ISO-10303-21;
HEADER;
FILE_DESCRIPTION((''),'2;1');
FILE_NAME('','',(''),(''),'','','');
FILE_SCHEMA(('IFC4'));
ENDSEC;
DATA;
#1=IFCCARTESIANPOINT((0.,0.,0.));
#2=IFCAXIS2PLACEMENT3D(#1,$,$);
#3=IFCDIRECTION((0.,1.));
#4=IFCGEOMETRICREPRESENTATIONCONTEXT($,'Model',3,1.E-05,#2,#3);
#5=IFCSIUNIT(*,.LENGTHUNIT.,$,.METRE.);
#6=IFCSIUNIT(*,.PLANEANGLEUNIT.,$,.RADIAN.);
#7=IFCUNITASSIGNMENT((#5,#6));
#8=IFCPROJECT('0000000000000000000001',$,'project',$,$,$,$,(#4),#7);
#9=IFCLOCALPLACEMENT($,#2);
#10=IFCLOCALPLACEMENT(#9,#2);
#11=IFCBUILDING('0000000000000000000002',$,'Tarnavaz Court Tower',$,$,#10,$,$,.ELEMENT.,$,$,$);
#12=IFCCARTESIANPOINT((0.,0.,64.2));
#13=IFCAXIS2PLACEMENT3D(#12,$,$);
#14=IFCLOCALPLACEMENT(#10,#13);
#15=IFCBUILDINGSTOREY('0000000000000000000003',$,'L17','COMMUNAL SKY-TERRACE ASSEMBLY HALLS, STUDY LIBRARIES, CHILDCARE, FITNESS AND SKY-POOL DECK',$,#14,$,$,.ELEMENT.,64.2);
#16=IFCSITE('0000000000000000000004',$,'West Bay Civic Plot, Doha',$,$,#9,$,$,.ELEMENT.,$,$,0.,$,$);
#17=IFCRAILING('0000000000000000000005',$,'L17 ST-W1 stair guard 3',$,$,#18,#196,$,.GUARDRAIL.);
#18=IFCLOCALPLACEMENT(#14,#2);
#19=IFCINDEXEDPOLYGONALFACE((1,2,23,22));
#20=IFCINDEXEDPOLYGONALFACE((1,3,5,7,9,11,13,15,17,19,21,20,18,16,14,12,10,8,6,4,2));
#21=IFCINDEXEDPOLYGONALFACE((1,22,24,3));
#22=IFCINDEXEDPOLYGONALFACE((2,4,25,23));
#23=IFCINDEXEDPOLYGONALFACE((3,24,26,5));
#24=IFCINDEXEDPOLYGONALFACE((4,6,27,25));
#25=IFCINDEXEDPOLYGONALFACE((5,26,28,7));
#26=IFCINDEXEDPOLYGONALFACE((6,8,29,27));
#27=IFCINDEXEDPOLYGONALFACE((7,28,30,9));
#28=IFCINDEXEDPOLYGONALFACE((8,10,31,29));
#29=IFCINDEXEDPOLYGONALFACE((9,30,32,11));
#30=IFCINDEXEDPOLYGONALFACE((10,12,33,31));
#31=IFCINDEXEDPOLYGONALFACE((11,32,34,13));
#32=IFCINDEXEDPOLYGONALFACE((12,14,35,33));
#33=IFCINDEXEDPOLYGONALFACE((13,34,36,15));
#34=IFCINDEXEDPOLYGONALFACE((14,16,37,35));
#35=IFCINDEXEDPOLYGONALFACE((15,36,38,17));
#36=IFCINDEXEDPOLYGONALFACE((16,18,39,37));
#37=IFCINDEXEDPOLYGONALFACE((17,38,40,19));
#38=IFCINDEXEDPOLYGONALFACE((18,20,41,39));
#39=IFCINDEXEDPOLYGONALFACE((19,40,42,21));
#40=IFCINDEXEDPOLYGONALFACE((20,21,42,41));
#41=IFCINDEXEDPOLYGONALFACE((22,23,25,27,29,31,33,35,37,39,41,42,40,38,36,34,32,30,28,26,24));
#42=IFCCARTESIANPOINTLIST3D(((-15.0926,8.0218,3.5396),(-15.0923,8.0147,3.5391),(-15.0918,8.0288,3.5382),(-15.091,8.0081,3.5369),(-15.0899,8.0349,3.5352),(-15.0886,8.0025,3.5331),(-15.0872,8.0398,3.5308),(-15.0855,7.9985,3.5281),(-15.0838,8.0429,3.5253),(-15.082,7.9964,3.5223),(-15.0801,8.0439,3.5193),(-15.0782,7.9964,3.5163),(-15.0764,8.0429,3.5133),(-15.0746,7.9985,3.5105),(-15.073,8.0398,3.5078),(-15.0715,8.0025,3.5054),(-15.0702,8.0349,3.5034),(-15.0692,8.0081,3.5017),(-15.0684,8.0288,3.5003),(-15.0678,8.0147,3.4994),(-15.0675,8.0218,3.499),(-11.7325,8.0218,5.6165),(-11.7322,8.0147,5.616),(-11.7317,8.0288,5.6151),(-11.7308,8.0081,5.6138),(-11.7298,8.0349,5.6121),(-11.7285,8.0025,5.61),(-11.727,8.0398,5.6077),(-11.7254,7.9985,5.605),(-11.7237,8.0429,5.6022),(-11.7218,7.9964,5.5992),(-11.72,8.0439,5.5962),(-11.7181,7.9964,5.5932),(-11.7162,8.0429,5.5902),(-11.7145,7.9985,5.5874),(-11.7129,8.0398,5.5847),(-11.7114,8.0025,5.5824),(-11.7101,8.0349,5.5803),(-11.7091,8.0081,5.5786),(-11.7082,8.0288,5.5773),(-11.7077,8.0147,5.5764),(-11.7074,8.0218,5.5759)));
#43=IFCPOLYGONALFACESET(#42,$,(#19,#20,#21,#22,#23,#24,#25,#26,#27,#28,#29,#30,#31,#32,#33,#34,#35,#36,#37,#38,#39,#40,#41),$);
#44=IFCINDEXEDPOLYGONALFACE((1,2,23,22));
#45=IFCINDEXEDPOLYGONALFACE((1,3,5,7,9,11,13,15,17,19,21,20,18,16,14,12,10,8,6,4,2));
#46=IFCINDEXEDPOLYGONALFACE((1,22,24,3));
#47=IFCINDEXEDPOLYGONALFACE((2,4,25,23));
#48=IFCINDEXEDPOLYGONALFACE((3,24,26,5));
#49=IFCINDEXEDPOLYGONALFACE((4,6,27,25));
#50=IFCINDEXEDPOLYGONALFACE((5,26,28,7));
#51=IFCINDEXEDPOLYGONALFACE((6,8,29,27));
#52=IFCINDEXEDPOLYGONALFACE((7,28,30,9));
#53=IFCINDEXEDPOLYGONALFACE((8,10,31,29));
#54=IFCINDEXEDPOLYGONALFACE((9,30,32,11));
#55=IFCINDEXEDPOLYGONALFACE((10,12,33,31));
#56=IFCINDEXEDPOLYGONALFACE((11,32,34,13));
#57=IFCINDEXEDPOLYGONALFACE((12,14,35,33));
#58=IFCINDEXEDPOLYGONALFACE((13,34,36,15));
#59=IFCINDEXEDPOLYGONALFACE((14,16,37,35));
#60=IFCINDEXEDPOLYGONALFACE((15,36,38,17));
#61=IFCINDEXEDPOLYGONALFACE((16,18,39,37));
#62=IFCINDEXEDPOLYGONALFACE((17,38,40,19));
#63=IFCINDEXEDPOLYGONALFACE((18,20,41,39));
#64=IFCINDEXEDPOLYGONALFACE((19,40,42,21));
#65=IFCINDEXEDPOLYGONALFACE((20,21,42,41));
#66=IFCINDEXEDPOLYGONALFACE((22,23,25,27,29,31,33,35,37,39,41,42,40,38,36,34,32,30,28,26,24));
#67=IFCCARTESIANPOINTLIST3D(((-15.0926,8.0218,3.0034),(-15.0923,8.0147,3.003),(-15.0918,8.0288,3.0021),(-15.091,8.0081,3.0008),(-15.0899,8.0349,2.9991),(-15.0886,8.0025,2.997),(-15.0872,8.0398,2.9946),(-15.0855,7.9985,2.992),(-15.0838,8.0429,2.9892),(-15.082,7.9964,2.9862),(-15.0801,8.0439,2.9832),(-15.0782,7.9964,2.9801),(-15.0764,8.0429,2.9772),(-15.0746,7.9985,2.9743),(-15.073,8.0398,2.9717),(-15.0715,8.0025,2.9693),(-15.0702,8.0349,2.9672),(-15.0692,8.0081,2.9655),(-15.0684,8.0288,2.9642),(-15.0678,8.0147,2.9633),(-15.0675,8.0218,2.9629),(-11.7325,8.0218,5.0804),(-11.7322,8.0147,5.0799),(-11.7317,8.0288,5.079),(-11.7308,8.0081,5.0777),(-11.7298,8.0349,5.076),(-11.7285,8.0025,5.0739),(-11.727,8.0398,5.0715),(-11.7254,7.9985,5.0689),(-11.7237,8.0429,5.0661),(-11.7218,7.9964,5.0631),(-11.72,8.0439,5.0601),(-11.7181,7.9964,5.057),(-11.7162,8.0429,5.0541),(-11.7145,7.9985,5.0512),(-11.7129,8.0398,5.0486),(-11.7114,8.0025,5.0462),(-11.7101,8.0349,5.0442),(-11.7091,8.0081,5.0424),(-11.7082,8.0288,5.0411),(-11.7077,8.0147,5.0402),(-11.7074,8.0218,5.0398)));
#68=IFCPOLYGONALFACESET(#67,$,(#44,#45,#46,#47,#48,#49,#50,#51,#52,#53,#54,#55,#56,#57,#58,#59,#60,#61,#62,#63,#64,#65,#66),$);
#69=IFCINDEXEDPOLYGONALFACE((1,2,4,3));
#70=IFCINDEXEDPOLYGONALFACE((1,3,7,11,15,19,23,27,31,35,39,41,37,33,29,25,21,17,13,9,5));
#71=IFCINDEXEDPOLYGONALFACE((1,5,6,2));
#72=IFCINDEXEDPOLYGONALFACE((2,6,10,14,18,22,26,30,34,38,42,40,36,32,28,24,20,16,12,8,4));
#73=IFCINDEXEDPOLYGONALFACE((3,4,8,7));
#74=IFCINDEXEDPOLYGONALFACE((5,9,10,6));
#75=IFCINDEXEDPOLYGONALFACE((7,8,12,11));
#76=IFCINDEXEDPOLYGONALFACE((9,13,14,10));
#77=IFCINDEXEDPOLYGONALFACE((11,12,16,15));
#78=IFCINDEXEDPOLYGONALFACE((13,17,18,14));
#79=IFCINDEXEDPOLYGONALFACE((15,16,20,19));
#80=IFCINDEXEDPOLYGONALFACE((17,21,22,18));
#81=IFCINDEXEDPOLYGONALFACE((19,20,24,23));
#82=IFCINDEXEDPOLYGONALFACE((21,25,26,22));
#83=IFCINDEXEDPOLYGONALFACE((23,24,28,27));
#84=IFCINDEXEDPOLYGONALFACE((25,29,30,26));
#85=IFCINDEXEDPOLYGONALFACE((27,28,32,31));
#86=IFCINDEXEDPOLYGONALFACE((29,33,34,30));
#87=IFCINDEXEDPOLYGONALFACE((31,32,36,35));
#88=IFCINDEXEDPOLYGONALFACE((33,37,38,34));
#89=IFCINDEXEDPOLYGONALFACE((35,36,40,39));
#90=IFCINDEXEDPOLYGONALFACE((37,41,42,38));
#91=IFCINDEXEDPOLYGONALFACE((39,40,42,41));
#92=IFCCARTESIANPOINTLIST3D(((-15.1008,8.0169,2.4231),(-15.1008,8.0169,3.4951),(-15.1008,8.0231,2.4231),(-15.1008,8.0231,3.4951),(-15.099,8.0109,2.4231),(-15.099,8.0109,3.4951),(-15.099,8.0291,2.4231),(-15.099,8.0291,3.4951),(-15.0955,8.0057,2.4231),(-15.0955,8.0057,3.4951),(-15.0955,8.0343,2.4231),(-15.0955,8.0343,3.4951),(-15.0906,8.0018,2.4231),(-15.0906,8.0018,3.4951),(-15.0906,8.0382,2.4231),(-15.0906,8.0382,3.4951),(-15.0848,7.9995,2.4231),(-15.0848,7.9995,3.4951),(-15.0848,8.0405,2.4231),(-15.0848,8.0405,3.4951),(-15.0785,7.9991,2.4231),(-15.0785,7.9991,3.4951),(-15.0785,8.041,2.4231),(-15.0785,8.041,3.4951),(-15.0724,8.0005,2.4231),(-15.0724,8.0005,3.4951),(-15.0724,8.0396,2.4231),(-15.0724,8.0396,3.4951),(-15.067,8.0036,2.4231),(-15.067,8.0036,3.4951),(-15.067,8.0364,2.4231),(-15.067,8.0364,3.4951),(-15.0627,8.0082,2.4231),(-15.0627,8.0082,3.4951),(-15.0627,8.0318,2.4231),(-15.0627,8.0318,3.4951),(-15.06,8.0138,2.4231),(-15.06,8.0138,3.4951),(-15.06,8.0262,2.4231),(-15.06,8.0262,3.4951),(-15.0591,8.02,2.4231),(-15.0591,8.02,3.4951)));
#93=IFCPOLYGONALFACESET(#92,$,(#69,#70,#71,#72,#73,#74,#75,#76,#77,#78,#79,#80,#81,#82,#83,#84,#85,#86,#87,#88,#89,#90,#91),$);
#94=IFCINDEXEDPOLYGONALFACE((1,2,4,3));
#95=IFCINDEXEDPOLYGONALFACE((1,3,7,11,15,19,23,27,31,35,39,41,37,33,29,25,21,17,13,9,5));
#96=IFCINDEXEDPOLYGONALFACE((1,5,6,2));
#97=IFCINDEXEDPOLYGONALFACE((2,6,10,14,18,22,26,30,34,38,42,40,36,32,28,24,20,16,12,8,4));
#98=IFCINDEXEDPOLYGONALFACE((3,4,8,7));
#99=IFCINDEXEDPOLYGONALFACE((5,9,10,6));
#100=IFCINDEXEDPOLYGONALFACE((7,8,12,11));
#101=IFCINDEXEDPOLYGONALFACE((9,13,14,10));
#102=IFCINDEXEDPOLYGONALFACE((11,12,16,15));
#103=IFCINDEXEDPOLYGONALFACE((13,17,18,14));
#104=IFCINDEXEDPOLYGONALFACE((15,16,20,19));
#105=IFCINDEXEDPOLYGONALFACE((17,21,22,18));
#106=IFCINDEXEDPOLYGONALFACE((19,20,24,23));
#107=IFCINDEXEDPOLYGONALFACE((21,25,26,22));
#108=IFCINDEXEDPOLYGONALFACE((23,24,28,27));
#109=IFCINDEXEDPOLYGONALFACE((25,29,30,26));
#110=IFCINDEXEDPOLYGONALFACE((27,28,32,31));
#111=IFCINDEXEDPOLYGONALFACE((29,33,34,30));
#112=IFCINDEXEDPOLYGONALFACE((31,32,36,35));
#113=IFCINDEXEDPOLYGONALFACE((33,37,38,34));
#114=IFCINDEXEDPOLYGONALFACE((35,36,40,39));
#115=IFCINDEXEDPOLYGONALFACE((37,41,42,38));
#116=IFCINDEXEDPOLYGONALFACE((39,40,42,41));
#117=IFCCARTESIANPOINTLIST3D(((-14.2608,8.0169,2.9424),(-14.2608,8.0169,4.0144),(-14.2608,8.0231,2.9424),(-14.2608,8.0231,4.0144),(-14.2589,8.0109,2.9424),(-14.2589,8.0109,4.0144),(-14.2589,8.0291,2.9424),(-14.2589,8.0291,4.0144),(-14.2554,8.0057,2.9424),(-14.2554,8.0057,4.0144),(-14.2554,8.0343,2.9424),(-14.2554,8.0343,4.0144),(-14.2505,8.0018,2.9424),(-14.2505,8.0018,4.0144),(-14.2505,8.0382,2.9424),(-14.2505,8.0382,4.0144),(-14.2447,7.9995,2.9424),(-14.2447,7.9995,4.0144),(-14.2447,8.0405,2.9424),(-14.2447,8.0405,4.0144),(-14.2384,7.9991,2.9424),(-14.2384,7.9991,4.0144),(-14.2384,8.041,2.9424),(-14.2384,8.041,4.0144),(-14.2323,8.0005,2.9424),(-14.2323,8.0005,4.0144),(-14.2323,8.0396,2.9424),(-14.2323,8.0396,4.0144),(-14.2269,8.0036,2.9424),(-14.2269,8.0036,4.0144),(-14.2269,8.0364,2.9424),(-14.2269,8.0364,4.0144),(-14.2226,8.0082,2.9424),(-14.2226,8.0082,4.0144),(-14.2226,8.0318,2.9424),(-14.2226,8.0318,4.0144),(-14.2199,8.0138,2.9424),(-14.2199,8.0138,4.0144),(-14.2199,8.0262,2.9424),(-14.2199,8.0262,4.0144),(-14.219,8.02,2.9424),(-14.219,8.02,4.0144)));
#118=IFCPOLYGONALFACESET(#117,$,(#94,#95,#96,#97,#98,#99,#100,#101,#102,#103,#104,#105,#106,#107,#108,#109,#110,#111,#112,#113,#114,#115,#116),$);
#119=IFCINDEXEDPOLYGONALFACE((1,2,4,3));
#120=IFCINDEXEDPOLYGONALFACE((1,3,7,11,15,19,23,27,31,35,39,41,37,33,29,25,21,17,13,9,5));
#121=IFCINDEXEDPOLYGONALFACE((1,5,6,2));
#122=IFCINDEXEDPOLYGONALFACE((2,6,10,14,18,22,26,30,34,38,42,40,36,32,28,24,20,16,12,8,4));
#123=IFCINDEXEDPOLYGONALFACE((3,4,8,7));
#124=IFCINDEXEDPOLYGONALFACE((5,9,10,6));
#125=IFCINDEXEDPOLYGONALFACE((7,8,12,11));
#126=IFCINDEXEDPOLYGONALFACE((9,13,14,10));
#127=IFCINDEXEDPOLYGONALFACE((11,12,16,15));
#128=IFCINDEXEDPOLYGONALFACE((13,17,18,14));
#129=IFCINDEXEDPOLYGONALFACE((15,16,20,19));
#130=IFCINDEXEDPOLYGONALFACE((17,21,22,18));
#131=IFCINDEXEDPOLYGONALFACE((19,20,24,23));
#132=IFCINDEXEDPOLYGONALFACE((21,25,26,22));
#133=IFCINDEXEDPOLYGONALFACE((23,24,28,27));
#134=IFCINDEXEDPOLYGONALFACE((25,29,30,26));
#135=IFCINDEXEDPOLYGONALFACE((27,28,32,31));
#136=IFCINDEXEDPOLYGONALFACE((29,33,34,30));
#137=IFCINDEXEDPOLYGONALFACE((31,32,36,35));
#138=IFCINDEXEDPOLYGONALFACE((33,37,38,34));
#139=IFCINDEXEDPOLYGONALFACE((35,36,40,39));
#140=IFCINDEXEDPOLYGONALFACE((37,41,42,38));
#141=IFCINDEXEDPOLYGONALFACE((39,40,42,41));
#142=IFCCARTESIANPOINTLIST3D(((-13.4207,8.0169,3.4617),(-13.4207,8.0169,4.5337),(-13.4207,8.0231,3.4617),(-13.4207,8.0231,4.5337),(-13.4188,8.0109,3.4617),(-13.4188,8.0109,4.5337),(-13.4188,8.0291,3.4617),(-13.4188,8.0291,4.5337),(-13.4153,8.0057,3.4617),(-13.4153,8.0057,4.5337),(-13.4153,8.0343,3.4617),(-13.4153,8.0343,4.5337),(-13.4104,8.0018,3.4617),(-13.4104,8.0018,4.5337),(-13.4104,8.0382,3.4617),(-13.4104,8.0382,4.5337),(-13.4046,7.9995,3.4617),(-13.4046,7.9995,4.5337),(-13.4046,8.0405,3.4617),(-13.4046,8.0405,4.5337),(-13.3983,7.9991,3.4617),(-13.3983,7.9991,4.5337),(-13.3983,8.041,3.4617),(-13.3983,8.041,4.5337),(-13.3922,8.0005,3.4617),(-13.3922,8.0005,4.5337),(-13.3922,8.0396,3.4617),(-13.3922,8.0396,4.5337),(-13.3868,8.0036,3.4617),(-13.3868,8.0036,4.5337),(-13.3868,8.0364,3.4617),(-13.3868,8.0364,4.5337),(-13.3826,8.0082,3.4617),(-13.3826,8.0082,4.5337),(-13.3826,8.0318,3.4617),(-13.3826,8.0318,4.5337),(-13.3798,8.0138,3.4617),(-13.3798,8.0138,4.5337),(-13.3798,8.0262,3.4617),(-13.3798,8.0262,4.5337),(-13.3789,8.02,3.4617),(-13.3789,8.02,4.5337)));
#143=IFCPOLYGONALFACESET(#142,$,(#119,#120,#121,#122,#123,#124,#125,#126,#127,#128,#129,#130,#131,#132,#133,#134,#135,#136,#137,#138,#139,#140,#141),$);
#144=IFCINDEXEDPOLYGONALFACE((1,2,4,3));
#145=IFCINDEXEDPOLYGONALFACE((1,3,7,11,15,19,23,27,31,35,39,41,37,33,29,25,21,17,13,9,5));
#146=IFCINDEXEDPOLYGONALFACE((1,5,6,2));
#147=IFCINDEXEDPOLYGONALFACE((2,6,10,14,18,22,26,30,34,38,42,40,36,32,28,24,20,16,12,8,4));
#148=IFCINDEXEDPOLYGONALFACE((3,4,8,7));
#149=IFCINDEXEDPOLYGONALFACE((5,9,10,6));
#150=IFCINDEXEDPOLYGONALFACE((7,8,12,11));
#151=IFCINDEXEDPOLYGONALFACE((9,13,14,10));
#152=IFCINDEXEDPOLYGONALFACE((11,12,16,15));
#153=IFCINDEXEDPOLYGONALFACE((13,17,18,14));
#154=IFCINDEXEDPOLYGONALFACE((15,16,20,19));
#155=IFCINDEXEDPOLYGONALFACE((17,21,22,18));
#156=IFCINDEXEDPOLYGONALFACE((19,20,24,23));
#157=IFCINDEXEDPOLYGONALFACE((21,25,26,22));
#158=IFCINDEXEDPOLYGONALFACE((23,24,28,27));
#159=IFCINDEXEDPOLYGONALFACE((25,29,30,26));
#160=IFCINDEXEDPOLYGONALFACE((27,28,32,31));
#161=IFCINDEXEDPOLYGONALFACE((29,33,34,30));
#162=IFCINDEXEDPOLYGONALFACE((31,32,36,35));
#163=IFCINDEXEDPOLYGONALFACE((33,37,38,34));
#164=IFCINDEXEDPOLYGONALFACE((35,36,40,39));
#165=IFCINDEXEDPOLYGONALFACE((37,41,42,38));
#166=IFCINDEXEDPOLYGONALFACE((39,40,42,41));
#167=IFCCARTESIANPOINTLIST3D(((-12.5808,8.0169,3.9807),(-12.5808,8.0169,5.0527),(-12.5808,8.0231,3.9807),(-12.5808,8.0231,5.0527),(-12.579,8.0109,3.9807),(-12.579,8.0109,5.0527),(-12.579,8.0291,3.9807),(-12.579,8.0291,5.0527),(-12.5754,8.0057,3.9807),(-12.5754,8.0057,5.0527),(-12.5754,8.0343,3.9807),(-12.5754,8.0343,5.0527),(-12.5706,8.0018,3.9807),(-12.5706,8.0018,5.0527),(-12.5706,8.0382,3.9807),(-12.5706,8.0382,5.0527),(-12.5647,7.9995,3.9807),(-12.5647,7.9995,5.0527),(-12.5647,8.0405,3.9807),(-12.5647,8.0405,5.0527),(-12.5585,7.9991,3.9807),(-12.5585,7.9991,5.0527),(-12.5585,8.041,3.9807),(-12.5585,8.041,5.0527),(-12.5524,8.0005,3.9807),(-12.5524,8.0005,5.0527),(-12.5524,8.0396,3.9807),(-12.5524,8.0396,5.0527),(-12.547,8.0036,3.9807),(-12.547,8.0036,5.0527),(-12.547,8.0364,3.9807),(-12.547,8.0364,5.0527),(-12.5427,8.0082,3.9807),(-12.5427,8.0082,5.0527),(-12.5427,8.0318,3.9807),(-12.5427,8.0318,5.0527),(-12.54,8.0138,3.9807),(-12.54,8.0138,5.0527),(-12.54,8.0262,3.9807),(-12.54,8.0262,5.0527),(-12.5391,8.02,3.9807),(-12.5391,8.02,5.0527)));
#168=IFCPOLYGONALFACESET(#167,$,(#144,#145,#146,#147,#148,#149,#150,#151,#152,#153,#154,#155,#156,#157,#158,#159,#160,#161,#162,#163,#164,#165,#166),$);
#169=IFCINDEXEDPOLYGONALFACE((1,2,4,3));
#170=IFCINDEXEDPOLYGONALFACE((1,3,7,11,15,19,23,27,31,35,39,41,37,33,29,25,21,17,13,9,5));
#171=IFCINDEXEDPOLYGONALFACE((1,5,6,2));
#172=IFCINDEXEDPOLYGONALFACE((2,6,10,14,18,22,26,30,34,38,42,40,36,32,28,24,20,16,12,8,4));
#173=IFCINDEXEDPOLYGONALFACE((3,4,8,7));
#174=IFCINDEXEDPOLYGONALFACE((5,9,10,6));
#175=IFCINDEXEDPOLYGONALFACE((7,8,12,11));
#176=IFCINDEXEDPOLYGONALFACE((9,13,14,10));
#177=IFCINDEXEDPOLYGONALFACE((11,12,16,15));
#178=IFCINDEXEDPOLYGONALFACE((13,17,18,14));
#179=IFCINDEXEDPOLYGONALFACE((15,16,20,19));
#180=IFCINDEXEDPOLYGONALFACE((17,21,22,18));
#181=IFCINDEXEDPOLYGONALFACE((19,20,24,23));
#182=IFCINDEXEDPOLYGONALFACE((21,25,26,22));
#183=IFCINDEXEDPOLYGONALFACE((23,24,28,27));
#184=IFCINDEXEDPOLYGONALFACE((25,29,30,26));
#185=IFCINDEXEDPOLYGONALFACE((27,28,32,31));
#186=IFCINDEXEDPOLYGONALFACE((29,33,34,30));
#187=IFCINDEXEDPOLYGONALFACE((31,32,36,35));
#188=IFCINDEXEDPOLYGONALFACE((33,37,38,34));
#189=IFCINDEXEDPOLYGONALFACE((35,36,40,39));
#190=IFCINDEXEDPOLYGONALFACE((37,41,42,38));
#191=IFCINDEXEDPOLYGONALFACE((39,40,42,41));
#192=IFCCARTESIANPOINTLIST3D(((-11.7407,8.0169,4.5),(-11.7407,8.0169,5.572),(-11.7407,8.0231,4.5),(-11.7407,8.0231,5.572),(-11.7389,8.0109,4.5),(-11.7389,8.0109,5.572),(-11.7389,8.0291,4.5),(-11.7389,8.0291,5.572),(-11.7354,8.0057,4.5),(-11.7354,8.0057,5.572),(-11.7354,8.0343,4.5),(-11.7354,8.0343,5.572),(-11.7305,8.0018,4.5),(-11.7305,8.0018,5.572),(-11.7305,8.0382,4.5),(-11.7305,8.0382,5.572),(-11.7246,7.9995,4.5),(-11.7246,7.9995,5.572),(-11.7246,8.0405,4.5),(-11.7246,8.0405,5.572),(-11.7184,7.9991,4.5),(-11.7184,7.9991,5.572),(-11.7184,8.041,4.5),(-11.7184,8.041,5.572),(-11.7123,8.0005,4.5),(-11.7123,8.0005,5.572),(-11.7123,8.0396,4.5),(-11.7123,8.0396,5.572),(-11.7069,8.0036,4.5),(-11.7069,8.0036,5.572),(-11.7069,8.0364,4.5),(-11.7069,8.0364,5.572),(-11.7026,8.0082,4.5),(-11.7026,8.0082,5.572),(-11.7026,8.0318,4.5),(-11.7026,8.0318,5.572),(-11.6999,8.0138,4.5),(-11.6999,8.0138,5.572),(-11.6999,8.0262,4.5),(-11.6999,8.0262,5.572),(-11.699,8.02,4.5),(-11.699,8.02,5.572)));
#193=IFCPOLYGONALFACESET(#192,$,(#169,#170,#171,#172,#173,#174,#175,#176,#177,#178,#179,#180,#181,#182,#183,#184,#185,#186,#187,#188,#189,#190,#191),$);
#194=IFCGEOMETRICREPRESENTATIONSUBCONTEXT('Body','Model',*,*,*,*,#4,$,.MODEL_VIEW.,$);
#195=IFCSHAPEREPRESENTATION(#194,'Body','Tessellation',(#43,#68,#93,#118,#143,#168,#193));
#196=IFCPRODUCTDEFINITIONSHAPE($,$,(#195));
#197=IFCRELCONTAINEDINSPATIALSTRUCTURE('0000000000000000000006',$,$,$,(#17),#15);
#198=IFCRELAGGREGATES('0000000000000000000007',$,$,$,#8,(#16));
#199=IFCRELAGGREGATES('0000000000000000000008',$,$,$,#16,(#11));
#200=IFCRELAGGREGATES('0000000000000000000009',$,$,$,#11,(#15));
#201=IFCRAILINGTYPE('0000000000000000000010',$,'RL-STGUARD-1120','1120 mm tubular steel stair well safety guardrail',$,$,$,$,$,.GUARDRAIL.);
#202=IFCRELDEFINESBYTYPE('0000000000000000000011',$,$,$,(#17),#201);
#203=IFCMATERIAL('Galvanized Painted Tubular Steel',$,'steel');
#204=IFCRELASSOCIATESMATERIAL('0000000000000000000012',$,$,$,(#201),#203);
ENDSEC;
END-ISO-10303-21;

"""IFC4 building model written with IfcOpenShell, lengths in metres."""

from ifc_helpers import new_model, si_unit, direction, frame, origin, origin_2d, place, context, subcontext, project, spatial, circle, extrude, material, type_object, element, save


model = new_model("IFC4")

# Units and contexts
model_context = context("Model", 3, precision=1e-05, world=origin(), true_north=direction((0.0, 1.0)))
body_context = subcontext(model_context, "Body", "Model", "MODEL_VIEW")
ifc_project = project(units=[si_unit("LENGTHUNIT", "METRE"), si_unit("PLANEANGLEUNIT", "RADIAN")], contexts=[model_context])

# Site, building, storey
site_placement = place(None, origin())
site = spatial("IfcSite", under=ifc_project, at=site_placement, Name="West Bay Civic Plot, Doha", CompositionType="ELEMENT", RefElevation=0.0)
building_placement = place(site_placement, origin())
building = spatial("IfcBuilding", under=site, at=building_placement, Name="Tarnavaz Court Tower", CompositionType="ELEMENT")
storey_placement = place(building_placement, frame((0.0, 0.0, 64.2)))
storey = spatial("IfcBuildingStorey", under=building, at=storey_placement, Name="L17", Description="COMMUNAL SKY-TERRACE ASSEMBLY HALLS, STUDY LIBRARIES, CHILDCARE, FITNESS AND SKY-POOL DECK", CompositionType="ELEMENT", Elevation=64.2)

# Railing
ifc_material_1 = material(Name="Galvanized Painted Tubular Steel", Category="steel")
railing_type_1 = type_object("IfcRailingType", Name="RL-STGUARD-1120", Description="1120 mm tubular steel stair well safety guardrail", PredefinedType="GUARDRAIL", material=ifc_material_1)
railing_1_placement = place(storey_placement, frame((-15.0801, 8.02, 2.4231)))
element("IfcRailing", 1, at=railing_1_placement, inside=storey, type_object=railing_type_1, Name="L17 ST-W1 stair guard 3", PredefinedType="GUARDRAIL", context=body_context, shape_type="SweptSolid", body=[
    extrude(circle(Radius=0.0239, at=origin_2d()), frame((0.0, 0.0, 1.0962), z_axis=(0.850623, 0.0, 0.525776), x_axis=(0.0, 1.0, 0.0)), (0.0, 0.0, 1.0), 3.9502),
    extrude(circle(Radius=0.0239, at=origin_2d()), frame((0.0, 0.0, 0.5601), z_axis=(0.850623, 0.0, 0.525776), x_axis=(0.0, 1.0, 0.0)), (0.0, 0.0, 1.0), 3.9502),
    extrude(circle(Radius=0.021, at=origin_2d()), origin(), (0.0, 0.0, 1.0), 1.072),
    extrude(circle(Radius=0.021, at=origin_2d()), frame((0.8401, 0.0, 0.5193)), (0.0, 0.0, 1.0), 1.072),
    extrude(circle(Radius=0.021, at=origin_2d()), frame((1.6802, 0.0, 1.0386)), (0.0, 0.0, 1.0), 1.072),
    extrude(circle(Radius=0.021, at=origin_2d()), frame((2.52, 0.0, 1.5576)), (0.0, 0.0, 1.0), 1.072),
    extrude(circle(Radius=0.021, at=origin_2d()), frame((3.3601, 0.0, 2.0769)), (0.0, 0.0, 1.0), 1.072),
])

save(model, "model.ifc")
